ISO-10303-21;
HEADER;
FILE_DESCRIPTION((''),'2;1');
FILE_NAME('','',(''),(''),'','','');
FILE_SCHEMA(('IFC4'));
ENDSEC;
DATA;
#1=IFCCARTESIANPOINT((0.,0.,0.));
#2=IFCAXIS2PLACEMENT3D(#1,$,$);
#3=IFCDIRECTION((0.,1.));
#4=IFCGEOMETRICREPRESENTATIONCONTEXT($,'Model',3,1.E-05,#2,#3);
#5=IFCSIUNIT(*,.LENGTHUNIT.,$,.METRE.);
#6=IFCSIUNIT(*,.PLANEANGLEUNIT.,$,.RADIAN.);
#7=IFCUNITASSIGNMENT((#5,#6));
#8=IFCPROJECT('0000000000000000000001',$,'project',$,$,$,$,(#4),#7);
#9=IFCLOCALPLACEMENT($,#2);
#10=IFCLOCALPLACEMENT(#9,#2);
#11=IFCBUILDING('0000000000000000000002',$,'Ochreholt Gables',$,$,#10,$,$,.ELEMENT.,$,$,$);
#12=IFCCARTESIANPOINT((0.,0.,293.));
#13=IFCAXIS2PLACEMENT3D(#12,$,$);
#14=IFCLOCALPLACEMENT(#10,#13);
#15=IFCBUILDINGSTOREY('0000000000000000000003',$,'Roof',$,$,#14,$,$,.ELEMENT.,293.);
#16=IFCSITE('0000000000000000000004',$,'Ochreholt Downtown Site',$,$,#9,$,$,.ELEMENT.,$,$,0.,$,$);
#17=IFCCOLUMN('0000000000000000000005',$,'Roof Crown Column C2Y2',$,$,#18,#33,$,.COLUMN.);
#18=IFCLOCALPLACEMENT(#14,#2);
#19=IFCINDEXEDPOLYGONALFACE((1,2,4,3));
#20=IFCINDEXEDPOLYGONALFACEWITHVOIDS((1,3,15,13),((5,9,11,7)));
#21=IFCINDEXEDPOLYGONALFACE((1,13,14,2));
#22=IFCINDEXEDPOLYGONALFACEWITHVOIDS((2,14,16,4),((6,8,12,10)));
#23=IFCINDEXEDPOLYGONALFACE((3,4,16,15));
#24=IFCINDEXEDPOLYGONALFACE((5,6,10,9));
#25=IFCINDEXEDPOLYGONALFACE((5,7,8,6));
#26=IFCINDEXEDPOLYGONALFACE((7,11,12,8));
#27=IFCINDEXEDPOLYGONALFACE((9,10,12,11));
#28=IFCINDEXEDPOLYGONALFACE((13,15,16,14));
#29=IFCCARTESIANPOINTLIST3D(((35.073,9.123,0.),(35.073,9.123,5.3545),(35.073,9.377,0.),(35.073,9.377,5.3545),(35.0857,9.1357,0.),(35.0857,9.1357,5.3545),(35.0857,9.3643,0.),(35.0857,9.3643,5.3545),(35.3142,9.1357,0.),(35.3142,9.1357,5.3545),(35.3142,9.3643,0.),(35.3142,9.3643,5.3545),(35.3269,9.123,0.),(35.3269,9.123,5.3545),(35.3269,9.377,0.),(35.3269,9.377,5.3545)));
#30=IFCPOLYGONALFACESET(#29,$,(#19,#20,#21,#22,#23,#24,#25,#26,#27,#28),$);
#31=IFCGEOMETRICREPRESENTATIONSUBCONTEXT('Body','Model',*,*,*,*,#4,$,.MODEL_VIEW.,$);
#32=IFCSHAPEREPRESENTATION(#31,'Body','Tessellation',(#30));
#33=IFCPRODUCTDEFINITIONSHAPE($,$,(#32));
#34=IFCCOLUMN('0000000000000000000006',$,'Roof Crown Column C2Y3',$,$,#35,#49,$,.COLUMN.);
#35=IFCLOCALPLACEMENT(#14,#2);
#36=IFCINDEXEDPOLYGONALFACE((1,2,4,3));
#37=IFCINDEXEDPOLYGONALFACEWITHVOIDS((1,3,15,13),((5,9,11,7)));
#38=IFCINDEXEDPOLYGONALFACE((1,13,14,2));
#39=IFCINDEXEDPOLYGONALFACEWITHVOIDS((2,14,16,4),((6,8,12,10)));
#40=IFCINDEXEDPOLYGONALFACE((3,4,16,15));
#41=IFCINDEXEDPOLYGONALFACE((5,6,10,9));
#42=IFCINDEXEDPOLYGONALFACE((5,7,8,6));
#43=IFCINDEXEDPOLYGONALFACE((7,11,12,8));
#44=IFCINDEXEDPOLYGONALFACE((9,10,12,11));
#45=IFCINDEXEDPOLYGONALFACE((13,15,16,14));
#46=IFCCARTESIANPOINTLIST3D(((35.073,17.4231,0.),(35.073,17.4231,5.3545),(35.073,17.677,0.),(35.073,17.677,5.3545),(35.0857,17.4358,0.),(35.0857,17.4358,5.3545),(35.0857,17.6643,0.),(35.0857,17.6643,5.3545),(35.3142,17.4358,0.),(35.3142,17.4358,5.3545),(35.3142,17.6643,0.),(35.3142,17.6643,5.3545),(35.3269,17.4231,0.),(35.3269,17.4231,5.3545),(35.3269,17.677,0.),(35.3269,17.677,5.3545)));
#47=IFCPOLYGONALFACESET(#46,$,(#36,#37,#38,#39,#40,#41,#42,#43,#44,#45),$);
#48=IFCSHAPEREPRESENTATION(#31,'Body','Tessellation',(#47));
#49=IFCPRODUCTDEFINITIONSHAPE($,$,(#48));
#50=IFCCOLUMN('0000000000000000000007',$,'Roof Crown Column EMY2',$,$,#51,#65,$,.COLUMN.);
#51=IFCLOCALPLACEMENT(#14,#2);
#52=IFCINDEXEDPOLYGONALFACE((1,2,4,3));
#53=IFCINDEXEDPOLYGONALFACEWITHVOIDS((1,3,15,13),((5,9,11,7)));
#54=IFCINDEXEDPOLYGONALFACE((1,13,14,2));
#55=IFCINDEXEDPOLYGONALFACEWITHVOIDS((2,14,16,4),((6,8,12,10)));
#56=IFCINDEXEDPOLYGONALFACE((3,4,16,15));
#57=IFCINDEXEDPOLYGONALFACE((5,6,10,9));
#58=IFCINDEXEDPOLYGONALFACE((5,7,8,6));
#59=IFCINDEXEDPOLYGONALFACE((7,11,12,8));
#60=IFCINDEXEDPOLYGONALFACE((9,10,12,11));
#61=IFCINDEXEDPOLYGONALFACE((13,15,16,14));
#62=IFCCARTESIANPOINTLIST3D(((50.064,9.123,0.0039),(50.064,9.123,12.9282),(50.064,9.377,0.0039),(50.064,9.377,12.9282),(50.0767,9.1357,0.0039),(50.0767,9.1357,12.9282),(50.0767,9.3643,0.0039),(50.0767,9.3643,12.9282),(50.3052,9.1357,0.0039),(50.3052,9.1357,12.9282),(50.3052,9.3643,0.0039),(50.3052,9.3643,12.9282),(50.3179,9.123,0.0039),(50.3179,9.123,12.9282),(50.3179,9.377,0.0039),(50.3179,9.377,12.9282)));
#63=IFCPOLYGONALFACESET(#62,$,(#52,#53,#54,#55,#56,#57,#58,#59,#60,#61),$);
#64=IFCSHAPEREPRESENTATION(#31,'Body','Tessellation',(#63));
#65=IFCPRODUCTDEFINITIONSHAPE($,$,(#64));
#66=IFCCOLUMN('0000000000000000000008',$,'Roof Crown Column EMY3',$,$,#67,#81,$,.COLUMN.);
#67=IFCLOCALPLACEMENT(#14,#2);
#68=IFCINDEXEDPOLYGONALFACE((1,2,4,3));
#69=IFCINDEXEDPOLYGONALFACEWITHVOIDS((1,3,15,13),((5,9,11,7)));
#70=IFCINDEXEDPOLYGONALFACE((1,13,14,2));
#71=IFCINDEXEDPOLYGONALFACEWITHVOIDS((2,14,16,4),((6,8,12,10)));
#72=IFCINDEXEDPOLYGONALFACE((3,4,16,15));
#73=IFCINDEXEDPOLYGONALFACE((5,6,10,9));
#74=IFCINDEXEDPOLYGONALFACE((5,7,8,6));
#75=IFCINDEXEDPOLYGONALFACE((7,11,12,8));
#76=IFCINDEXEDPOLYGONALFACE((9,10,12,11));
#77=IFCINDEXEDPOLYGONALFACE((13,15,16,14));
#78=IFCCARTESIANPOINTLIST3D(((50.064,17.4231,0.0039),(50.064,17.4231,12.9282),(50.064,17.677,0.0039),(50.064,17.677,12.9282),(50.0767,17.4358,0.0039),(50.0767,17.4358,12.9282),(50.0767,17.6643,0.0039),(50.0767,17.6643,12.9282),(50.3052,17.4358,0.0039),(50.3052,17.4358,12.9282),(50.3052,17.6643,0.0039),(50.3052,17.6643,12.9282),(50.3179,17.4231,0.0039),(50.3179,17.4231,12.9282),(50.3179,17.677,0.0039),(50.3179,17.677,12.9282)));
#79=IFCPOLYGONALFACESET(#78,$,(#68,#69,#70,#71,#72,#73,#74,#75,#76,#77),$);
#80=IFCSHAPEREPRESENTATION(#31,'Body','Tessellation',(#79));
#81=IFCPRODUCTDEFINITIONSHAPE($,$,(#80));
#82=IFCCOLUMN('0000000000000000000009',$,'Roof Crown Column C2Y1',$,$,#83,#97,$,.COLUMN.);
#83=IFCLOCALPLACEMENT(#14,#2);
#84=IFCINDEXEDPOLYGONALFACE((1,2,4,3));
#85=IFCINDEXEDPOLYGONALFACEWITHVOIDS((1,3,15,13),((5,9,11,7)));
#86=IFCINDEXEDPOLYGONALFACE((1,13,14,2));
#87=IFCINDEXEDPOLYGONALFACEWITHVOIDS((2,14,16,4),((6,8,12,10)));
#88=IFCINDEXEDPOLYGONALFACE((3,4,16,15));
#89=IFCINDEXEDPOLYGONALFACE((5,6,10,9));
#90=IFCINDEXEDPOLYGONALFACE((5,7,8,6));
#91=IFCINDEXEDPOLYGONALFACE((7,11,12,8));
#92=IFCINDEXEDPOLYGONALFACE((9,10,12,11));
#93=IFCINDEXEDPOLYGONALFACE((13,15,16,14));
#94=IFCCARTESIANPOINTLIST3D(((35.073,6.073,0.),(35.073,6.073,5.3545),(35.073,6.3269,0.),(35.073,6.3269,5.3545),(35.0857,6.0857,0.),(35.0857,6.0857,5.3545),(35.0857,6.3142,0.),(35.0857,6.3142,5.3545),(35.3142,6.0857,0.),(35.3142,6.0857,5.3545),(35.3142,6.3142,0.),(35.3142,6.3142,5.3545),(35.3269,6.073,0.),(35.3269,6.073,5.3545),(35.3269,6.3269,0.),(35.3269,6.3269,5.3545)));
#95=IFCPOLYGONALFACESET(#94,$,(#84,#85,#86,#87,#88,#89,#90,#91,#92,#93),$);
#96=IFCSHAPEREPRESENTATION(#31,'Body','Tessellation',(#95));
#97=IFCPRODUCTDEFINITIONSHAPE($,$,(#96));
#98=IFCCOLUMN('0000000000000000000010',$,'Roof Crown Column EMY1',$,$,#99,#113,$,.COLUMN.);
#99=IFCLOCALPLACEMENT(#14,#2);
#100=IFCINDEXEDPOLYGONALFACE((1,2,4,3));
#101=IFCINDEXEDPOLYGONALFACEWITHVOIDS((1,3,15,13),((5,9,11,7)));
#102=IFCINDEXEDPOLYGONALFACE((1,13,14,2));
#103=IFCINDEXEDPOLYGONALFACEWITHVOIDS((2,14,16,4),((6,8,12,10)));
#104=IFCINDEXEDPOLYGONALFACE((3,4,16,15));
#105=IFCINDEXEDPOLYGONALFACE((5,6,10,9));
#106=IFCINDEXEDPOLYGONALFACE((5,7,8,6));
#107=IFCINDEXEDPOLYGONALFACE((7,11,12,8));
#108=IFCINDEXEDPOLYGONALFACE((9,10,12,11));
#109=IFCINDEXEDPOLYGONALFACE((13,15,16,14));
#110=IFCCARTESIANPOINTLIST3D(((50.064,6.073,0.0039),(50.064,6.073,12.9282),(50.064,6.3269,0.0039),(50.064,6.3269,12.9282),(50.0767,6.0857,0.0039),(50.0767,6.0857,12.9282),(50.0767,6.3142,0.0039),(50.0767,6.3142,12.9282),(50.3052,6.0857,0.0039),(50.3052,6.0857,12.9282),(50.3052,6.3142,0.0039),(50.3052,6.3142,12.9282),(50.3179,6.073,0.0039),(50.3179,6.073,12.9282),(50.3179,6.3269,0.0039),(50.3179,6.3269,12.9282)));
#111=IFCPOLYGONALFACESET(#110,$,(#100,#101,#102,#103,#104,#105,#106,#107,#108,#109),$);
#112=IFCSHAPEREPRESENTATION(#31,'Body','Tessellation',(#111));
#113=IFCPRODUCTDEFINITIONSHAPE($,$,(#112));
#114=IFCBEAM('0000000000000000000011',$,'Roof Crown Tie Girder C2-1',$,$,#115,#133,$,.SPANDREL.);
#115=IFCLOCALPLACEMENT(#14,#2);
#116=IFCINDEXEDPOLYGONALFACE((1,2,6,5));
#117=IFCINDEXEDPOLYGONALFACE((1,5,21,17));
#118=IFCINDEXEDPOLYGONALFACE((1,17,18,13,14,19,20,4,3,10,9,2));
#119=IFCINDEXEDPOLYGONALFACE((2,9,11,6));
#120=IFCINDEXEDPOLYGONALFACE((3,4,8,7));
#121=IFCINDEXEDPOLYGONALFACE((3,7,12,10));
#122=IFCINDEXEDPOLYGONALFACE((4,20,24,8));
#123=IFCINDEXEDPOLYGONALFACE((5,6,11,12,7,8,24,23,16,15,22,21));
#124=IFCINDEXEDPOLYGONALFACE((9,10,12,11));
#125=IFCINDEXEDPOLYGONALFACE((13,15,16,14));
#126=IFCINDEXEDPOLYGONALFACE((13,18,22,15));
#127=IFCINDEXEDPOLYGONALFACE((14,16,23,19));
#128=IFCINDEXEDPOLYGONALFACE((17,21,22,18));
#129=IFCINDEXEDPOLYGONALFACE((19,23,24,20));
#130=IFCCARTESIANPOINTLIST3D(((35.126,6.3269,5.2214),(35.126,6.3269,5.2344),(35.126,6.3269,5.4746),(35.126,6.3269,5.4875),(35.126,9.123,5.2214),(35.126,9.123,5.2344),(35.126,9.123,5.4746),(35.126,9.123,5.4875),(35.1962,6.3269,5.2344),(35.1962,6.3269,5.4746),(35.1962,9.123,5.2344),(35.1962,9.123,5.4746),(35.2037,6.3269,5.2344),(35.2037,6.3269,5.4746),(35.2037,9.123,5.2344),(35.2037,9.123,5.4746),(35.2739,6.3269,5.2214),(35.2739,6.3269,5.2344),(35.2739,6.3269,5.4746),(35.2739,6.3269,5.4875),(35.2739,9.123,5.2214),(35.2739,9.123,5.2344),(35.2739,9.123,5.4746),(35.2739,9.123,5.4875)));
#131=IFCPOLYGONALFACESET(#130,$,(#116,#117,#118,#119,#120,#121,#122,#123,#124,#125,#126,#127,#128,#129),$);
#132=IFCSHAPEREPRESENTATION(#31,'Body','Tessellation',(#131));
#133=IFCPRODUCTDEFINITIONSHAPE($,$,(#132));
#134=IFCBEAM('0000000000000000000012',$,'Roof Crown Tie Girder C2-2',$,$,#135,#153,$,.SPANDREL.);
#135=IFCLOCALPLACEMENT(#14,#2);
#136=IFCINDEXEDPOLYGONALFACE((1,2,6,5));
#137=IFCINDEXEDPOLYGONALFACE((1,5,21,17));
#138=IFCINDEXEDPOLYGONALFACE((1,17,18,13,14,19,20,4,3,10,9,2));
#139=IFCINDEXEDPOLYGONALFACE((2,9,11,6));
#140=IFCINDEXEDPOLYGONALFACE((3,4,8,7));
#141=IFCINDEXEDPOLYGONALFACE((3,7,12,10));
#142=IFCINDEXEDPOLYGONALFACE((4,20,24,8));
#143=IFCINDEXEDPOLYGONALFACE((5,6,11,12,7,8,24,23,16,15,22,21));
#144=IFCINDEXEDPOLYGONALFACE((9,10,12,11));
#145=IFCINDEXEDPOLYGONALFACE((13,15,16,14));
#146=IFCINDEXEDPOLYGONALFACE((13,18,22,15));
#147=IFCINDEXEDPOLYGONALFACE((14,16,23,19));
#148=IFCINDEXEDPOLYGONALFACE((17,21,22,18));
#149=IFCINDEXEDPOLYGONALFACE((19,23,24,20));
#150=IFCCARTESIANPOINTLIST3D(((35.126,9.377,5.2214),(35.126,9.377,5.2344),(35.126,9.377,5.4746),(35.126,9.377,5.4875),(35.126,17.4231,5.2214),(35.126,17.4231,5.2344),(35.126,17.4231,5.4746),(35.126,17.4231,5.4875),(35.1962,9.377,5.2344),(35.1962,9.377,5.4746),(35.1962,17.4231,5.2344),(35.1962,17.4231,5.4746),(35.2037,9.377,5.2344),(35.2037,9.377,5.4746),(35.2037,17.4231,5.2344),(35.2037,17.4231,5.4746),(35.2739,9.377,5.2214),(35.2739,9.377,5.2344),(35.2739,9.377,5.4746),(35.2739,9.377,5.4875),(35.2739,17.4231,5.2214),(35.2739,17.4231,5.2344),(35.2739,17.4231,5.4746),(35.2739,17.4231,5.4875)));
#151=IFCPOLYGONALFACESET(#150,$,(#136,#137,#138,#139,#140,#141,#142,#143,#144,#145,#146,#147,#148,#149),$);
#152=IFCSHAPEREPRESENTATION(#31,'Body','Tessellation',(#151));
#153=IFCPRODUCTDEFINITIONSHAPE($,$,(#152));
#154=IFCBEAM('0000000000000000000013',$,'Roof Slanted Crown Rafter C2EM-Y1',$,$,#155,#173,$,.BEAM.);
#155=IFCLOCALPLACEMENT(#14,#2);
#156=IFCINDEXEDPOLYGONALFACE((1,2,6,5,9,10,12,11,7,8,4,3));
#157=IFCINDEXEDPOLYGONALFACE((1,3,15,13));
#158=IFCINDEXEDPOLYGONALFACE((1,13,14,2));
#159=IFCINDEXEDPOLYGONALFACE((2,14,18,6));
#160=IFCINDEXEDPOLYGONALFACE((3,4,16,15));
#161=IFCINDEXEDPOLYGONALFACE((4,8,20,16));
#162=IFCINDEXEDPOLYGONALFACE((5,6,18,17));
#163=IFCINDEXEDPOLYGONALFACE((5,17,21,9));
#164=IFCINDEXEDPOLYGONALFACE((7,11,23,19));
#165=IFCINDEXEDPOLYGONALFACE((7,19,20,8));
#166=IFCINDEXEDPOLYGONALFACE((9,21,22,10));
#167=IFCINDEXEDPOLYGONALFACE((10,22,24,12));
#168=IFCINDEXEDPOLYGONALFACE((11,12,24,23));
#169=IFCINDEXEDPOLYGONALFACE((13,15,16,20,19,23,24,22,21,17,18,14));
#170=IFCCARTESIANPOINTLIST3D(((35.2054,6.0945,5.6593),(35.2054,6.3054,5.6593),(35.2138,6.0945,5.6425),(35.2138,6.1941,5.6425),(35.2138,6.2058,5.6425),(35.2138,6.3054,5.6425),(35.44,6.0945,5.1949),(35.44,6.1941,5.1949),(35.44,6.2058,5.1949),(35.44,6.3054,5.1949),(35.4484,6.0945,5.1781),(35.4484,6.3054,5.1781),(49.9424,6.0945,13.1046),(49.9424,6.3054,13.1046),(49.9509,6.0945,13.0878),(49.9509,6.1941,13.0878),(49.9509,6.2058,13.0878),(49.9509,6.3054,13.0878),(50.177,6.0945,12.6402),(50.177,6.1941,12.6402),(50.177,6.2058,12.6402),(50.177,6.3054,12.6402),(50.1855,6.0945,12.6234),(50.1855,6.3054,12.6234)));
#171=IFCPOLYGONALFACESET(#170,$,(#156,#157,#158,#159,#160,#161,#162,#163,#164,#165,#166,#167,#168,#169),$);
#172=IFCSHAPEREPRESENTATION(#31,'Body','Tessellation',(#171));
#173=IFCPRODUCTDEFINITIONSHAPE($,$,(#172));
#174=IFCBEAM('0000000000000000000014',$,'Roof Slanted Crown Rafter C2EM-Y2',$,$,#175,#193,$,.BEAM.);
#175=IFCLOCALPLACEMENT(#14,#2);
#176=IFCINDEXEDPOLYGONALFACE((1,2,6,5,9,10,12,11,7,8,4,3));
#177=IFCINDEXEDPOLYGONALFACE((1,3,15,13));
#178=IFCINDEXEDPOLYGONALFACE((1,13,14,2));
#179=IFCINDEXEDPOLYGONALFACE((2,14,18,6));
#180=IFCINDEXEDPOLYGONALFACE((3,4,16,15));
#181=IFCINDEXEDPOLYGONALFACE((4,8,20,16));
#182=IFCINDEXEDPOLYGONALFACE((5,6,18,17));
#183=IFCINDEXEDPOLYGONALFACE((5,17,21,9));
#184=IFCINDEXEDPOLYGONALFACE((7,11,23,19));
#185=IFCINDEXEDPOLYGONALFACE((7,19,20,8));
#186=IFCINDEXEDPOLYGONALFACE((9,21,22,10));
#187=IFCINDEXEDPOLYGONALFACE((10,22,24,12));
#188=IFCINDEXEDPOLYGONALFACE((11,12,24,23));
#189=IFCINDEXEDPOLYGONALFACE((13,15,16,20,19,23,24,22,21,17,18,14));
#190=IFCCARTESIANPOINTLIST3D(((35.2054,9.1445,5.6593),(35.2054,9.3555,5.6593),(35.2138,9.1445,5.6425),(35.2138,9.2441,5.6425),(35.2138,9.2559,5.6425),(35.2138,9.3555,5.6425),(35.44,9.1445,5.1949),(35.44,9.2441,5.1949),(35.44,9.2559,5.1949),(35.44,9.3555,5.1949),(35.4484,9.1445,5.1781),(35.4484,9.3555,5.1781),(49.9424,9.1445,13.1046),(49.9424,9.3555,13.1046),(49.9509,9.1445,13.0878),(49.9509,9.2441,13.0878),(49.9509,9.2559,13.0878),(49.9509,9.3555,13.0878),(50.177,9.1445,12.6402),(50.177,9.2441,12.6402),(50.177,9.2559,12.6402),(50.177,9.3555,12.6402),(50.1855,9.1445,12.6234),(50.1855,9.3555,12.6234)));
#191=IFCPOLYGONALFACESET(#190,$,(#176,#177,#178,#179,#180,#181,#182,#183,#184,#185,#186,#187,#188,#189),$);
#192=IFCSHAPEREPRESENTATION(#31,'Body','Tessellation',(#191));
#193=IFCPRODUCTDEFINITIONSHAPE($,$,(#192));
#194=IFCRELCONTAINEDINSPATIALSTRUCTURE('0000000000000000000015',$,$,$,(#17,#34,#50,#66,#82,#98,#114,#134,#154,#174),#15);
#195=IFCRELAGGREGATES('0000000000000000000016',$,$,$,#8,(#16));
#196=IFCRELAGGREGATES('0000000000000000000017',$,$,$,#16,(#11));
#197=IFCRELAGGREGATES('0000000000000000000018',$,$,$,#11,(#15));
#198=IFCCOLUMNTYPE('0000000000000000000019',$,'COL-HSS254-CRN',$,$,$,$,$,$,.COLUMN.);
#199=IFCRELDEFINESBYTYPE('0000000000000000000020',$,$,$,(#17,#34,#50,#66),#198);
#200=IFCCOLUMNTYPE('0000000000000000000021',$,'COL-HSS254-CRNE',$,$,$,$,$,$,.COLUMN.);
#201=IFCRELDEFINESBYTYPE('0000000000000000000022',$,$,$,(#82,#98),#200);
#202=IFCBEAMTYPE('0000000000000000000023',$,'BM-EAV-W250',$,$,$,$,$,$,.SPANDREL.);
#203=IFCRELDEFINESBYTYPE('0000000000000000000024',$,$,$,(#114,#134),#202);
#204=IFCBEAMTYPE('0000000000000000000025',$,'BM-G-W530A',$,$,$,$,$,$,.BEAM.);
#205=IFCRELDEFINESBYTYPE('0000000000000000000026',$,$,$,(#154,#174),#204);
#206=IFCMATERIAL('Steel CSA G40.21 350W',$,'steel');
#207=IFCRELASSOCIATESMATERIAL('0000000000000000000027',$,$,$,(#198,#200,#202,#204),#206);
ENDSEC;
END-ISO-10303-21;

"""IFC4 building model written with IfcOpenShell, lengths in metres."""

from ifc_helpers import new_model, si_unit, direction, frame, origin, origin_2d, place, context, subcontext, project, spatial, hollow_rectangle, i_section, extrude, material, material_profile, profile_set, type_object, element, save


model = new_model("IFC4")

# Units and contexts
model_context = context("Model", 3, precision=1e-05, world=origin(), true_north=direction((0.0, 1.0)))
body_context = subcontext(model_context, "Body", "Model", "MODEL_VIEW")
ifc_project = project(units=[si_unit("LENGTHUNIT", "METRE"), si_unit("PLANEANGLEUNIT", "RADIAN")], contexts=[model_context])

# Site, building, storey
site_placement = place(None, origin())
site = spatial("IfcSite", under=ifc_project, at=site_placement, Name="Ochreholt Downtown Site", CompositionType="ELEMENT", RefElevation=0.0)
building_placement = place(site_placement, origin())
building = spatial("IfcBuilding", under=site, at=building_placement, Name="Ochreholt Gables", CompositionType="ELEMENT")
storey_placement = place(building_placement, frame((0.0, 0.0, 293.0)))
storey = spatial("IfcBuildingStorey", under=building, at=storey_placement, Name="Roof", CompositionType="ELEMENT", Elevation=293.0)

# Columns
ifc_material_1 = material(Name="Steel CSA G40.21 350W", Category="steel")
ifc_material_profile_1 = material_profile(ifc_material_1, hollow_rectangle(XDim=0.2539, YDim=0.2539, WallThickness=0.0127, at=origin_2d()), Name="HSS254X254X13")
ifc_profile_set_1 = profile_set([ifc_material_profile_1], Name="Steel CSA G40.21 350W")
column_type_1 = type_object("IfcColumnType", Name="COL-HSS254-CRN", PredefinedType="COLUMN", material=ifc_profile_set_1)
for number, where, z_axis, x_axis, name in (
    (1, (35.2, 9.25, 0.0), (0.0, 0.0, 1.0), (1.0, 0.0, 0.0), "Roof Crown Column C2Y2"),
    (2, (35.2, 17.55, 0.0), (0.0, 0.0, 1.0), (1.0, 0.0, 0.0), "Roof Crown Column C2Y3"),
):
    element("IfcColumn", number, at=place(storey_placement, frame(where, z_axis=z_axis, x_axis=x_axis)), inside=storey, type_object=column_type_1, Name=name, PredefinedType="COLUMN", context=body_context, shape_type="SweptSolid", body=[
        extrude(hollow_rectangle(XDim=0.2539, YDim=0.2539, WallThickness=0.0127, at=origin_2d()), origin(), (0.0, 0.0, 1.0), 5.3545),
    ])
for number, where, z_axis, x_axis, name in (
    (3, (50.1909, 9.25, 0.0039), (0.0, 0.0, 1.0), (1.0, 0.0, 0.0), "Roof Crown Column EMY2"),
    (4, (50.1909, 17.55, 0.0039), (0.0, 0.0, 1.0), (1.0, 0.0, 0.0), "Roof Crown Column EMY3"),
):
    element("IfcColumn", number, at=place(storey_placement, frame(where, z_axis=z_axis, x_axis=x_axis)), inside=storey, type_object=column_type_1, Name=name, PredefinedType="COLUMN", context=body_context, shape_type="SweptSolid", body=[
        extrude(hollow_rectangle(XDim=0.2539, YDim=0.2539, WallThickness=0.0127, at=origin_2d()), origin(), (0.0, 0.0, 1.0), 12.9243),
    ])
ifc_material_profile_2 = material_profile(ifc_material_1, hollow_rectangle(XDim=0.2539, YDim=0.2539, WallThickness=0.0127, at=origin_2d()), Name="HSS254X254X13")
ifc_profile_set_2 = profile_set([ifc_material_profile_2], Name="Steel CSA G40.21 350W")
column_type_2 = type_object("IfcColumnType", Name="COL-HSS254-CRNE", PredefinedType="COLUMN", material=ifc_profile_set_2)
column_1_placement = place(storey_placement, frame((35.2, 6.2, 0.0), z_axis=(0.0, 0.0, 1.0), x_axis=(1.0, 0.0, 0.0)))
element("IfcColumn", 5, at=column_1_placement, inside=storey, type_object=column_type_2, Name="Roof Crown Column C2Y1", PredefinedType="COLUMN", context=body_context, shape_type="SweptSolid", body=[
    extrude(hollow_rectangle(XDim=0.2539, YDim=0.2539, WallThickness=0.0127, at=origin_2d()), origin(), (0.0, 0.0, 1.0), 5.3545),
])
column_2_placement = place(storey_placement, frame((50.1909, 6.2, 0.0039), z_axis=(0.0, 0.0, 1.0), x_axis=(1.0, 0.0, 0.0)))
element("IfcColumn", 6, at=column_2_placement, inside=storey, type_object=column_type_2, Name="Roof Crown Column EMY1", PredefinedType="COLUMN", context=body_context, shape_type="SweptSolid", body=[
    extrude(hollow_rectangle(XDim=0.2539, YDim=0.2539, WallThickness=0.0127, at=origin_2d()), origin(), (0.0, 0.0, 1.0), 12.9243),
])

# Beams
ifc_material_profile_3 = material_profile(ifc_material_1, i_section(OverallWidth=0.1479, OverallDepth=0.2661, WebThickness=0.0076, FlangeThickness=0.0129, at=origin_2d()), Name="W250X45")
ifc_profile_set_3 = profile_set([ifc_material_profile_3], Name="Steel CSA G40.21 350W")
beam_type_1 = type_object("IfcBeamType", Name="BM-EAV-W250", PredefinedType="SPANDREL", material=ifc_profile_set_3)
beam_1_placement = place(storey_placement, frame((35.2, 6.3269, 5.3545), z_axis=(0.0, 1.0, 0.0), x_axis=(-1.0, 0.0, 0.0)))
element("IfcBeam", 7, at=beam_1_placement, inside=storey, type_object=beam_type_1, Name="Roof Crown Tie Girder C2-1", PredefinedType="SPANDREL", context=body_context, shape_type="SweptSolid", body=[
    extrude(i_section(OverallWidth=0.1479, OverallDepth=0.2661, WebThickness=0.0076, FlangeThickness=0.0129, at=origin_2d()), origin(), (0.0, 0.0, 1.0), 2.7961),
])
beam_2_placement = place(storey_placement, frame((35.2, 9.377, 5.3545), z_axis=(0.0, 1.0, 0.0), x_axis=(-1.0, 0.0, 0.0)))
element("IfcBeam", 8, at=beam_2_placement, inside=storey, type_object=beam_type_1, Name="Roof Crown Tie Girder C2-2", PredefinedType="SPANDREL", context=body_context, shape_type="SweptSolid", body=[
    extrude(i_section(OverallWidth=0.1479, OverallDepth=0.2661, WebThickness=0.0076, FlangeThickness=0.0129, at=origin_2d()), origin(), (0.0, 0.0, 1.0), 8.0461),
])
ifc_material_profile_4 = material_profile(ifc_material_1, i_section(OverallWidth=0.2109, OverallDepth=0.5391, WebThickness=0.0117, FlangeThickness=0.0188, at=origin_2d()), Name="W530X109")
ifc_profile_set_4 = profile_set([ifc_material_profile_4], Name="Steel CSA G40.21 350W")
beam_type_2 = type_object("IfcBeamType", Name="BM-G-W530A", PredefinedType="BEAM", material=ifc_profile_set_4)
for number, where, z_axis, x_axis, name in (
    (9, (35.3269, 6.2, 5.4187), (0.892559, 0.0, 0.45093), (0.0, 1.0, 0.0), "Roof Slanted Crown Rafter C2EM-Y1"),
    (10, (35.3269, 9.25, 5.4187), (0.892559, 0.0, 0.45093), (0.0, 1.0, 0.0), "Roof Slanted Crown Rafter C2EM-Y2"),
):
    element("IfcBeam", number, at=place(storey_placement, frame(where, z_axis=z_axis, x_axis=x_axis)), inside=storey, type_object=beam_type_2, Name=name, PredefinedType="BEAM", context=body_context, shape_type="SweptSolid", body=[
        extrude(i_section(OverallWidth=0.2109, OverallDepth=0.5391, WebThickness=0.0117, FlangeThickness=0.0188, at=origin_2d()), origin(), (0.0, 0.0, 1.0), 16.511),
    ])

save(model, "model.ifc")
